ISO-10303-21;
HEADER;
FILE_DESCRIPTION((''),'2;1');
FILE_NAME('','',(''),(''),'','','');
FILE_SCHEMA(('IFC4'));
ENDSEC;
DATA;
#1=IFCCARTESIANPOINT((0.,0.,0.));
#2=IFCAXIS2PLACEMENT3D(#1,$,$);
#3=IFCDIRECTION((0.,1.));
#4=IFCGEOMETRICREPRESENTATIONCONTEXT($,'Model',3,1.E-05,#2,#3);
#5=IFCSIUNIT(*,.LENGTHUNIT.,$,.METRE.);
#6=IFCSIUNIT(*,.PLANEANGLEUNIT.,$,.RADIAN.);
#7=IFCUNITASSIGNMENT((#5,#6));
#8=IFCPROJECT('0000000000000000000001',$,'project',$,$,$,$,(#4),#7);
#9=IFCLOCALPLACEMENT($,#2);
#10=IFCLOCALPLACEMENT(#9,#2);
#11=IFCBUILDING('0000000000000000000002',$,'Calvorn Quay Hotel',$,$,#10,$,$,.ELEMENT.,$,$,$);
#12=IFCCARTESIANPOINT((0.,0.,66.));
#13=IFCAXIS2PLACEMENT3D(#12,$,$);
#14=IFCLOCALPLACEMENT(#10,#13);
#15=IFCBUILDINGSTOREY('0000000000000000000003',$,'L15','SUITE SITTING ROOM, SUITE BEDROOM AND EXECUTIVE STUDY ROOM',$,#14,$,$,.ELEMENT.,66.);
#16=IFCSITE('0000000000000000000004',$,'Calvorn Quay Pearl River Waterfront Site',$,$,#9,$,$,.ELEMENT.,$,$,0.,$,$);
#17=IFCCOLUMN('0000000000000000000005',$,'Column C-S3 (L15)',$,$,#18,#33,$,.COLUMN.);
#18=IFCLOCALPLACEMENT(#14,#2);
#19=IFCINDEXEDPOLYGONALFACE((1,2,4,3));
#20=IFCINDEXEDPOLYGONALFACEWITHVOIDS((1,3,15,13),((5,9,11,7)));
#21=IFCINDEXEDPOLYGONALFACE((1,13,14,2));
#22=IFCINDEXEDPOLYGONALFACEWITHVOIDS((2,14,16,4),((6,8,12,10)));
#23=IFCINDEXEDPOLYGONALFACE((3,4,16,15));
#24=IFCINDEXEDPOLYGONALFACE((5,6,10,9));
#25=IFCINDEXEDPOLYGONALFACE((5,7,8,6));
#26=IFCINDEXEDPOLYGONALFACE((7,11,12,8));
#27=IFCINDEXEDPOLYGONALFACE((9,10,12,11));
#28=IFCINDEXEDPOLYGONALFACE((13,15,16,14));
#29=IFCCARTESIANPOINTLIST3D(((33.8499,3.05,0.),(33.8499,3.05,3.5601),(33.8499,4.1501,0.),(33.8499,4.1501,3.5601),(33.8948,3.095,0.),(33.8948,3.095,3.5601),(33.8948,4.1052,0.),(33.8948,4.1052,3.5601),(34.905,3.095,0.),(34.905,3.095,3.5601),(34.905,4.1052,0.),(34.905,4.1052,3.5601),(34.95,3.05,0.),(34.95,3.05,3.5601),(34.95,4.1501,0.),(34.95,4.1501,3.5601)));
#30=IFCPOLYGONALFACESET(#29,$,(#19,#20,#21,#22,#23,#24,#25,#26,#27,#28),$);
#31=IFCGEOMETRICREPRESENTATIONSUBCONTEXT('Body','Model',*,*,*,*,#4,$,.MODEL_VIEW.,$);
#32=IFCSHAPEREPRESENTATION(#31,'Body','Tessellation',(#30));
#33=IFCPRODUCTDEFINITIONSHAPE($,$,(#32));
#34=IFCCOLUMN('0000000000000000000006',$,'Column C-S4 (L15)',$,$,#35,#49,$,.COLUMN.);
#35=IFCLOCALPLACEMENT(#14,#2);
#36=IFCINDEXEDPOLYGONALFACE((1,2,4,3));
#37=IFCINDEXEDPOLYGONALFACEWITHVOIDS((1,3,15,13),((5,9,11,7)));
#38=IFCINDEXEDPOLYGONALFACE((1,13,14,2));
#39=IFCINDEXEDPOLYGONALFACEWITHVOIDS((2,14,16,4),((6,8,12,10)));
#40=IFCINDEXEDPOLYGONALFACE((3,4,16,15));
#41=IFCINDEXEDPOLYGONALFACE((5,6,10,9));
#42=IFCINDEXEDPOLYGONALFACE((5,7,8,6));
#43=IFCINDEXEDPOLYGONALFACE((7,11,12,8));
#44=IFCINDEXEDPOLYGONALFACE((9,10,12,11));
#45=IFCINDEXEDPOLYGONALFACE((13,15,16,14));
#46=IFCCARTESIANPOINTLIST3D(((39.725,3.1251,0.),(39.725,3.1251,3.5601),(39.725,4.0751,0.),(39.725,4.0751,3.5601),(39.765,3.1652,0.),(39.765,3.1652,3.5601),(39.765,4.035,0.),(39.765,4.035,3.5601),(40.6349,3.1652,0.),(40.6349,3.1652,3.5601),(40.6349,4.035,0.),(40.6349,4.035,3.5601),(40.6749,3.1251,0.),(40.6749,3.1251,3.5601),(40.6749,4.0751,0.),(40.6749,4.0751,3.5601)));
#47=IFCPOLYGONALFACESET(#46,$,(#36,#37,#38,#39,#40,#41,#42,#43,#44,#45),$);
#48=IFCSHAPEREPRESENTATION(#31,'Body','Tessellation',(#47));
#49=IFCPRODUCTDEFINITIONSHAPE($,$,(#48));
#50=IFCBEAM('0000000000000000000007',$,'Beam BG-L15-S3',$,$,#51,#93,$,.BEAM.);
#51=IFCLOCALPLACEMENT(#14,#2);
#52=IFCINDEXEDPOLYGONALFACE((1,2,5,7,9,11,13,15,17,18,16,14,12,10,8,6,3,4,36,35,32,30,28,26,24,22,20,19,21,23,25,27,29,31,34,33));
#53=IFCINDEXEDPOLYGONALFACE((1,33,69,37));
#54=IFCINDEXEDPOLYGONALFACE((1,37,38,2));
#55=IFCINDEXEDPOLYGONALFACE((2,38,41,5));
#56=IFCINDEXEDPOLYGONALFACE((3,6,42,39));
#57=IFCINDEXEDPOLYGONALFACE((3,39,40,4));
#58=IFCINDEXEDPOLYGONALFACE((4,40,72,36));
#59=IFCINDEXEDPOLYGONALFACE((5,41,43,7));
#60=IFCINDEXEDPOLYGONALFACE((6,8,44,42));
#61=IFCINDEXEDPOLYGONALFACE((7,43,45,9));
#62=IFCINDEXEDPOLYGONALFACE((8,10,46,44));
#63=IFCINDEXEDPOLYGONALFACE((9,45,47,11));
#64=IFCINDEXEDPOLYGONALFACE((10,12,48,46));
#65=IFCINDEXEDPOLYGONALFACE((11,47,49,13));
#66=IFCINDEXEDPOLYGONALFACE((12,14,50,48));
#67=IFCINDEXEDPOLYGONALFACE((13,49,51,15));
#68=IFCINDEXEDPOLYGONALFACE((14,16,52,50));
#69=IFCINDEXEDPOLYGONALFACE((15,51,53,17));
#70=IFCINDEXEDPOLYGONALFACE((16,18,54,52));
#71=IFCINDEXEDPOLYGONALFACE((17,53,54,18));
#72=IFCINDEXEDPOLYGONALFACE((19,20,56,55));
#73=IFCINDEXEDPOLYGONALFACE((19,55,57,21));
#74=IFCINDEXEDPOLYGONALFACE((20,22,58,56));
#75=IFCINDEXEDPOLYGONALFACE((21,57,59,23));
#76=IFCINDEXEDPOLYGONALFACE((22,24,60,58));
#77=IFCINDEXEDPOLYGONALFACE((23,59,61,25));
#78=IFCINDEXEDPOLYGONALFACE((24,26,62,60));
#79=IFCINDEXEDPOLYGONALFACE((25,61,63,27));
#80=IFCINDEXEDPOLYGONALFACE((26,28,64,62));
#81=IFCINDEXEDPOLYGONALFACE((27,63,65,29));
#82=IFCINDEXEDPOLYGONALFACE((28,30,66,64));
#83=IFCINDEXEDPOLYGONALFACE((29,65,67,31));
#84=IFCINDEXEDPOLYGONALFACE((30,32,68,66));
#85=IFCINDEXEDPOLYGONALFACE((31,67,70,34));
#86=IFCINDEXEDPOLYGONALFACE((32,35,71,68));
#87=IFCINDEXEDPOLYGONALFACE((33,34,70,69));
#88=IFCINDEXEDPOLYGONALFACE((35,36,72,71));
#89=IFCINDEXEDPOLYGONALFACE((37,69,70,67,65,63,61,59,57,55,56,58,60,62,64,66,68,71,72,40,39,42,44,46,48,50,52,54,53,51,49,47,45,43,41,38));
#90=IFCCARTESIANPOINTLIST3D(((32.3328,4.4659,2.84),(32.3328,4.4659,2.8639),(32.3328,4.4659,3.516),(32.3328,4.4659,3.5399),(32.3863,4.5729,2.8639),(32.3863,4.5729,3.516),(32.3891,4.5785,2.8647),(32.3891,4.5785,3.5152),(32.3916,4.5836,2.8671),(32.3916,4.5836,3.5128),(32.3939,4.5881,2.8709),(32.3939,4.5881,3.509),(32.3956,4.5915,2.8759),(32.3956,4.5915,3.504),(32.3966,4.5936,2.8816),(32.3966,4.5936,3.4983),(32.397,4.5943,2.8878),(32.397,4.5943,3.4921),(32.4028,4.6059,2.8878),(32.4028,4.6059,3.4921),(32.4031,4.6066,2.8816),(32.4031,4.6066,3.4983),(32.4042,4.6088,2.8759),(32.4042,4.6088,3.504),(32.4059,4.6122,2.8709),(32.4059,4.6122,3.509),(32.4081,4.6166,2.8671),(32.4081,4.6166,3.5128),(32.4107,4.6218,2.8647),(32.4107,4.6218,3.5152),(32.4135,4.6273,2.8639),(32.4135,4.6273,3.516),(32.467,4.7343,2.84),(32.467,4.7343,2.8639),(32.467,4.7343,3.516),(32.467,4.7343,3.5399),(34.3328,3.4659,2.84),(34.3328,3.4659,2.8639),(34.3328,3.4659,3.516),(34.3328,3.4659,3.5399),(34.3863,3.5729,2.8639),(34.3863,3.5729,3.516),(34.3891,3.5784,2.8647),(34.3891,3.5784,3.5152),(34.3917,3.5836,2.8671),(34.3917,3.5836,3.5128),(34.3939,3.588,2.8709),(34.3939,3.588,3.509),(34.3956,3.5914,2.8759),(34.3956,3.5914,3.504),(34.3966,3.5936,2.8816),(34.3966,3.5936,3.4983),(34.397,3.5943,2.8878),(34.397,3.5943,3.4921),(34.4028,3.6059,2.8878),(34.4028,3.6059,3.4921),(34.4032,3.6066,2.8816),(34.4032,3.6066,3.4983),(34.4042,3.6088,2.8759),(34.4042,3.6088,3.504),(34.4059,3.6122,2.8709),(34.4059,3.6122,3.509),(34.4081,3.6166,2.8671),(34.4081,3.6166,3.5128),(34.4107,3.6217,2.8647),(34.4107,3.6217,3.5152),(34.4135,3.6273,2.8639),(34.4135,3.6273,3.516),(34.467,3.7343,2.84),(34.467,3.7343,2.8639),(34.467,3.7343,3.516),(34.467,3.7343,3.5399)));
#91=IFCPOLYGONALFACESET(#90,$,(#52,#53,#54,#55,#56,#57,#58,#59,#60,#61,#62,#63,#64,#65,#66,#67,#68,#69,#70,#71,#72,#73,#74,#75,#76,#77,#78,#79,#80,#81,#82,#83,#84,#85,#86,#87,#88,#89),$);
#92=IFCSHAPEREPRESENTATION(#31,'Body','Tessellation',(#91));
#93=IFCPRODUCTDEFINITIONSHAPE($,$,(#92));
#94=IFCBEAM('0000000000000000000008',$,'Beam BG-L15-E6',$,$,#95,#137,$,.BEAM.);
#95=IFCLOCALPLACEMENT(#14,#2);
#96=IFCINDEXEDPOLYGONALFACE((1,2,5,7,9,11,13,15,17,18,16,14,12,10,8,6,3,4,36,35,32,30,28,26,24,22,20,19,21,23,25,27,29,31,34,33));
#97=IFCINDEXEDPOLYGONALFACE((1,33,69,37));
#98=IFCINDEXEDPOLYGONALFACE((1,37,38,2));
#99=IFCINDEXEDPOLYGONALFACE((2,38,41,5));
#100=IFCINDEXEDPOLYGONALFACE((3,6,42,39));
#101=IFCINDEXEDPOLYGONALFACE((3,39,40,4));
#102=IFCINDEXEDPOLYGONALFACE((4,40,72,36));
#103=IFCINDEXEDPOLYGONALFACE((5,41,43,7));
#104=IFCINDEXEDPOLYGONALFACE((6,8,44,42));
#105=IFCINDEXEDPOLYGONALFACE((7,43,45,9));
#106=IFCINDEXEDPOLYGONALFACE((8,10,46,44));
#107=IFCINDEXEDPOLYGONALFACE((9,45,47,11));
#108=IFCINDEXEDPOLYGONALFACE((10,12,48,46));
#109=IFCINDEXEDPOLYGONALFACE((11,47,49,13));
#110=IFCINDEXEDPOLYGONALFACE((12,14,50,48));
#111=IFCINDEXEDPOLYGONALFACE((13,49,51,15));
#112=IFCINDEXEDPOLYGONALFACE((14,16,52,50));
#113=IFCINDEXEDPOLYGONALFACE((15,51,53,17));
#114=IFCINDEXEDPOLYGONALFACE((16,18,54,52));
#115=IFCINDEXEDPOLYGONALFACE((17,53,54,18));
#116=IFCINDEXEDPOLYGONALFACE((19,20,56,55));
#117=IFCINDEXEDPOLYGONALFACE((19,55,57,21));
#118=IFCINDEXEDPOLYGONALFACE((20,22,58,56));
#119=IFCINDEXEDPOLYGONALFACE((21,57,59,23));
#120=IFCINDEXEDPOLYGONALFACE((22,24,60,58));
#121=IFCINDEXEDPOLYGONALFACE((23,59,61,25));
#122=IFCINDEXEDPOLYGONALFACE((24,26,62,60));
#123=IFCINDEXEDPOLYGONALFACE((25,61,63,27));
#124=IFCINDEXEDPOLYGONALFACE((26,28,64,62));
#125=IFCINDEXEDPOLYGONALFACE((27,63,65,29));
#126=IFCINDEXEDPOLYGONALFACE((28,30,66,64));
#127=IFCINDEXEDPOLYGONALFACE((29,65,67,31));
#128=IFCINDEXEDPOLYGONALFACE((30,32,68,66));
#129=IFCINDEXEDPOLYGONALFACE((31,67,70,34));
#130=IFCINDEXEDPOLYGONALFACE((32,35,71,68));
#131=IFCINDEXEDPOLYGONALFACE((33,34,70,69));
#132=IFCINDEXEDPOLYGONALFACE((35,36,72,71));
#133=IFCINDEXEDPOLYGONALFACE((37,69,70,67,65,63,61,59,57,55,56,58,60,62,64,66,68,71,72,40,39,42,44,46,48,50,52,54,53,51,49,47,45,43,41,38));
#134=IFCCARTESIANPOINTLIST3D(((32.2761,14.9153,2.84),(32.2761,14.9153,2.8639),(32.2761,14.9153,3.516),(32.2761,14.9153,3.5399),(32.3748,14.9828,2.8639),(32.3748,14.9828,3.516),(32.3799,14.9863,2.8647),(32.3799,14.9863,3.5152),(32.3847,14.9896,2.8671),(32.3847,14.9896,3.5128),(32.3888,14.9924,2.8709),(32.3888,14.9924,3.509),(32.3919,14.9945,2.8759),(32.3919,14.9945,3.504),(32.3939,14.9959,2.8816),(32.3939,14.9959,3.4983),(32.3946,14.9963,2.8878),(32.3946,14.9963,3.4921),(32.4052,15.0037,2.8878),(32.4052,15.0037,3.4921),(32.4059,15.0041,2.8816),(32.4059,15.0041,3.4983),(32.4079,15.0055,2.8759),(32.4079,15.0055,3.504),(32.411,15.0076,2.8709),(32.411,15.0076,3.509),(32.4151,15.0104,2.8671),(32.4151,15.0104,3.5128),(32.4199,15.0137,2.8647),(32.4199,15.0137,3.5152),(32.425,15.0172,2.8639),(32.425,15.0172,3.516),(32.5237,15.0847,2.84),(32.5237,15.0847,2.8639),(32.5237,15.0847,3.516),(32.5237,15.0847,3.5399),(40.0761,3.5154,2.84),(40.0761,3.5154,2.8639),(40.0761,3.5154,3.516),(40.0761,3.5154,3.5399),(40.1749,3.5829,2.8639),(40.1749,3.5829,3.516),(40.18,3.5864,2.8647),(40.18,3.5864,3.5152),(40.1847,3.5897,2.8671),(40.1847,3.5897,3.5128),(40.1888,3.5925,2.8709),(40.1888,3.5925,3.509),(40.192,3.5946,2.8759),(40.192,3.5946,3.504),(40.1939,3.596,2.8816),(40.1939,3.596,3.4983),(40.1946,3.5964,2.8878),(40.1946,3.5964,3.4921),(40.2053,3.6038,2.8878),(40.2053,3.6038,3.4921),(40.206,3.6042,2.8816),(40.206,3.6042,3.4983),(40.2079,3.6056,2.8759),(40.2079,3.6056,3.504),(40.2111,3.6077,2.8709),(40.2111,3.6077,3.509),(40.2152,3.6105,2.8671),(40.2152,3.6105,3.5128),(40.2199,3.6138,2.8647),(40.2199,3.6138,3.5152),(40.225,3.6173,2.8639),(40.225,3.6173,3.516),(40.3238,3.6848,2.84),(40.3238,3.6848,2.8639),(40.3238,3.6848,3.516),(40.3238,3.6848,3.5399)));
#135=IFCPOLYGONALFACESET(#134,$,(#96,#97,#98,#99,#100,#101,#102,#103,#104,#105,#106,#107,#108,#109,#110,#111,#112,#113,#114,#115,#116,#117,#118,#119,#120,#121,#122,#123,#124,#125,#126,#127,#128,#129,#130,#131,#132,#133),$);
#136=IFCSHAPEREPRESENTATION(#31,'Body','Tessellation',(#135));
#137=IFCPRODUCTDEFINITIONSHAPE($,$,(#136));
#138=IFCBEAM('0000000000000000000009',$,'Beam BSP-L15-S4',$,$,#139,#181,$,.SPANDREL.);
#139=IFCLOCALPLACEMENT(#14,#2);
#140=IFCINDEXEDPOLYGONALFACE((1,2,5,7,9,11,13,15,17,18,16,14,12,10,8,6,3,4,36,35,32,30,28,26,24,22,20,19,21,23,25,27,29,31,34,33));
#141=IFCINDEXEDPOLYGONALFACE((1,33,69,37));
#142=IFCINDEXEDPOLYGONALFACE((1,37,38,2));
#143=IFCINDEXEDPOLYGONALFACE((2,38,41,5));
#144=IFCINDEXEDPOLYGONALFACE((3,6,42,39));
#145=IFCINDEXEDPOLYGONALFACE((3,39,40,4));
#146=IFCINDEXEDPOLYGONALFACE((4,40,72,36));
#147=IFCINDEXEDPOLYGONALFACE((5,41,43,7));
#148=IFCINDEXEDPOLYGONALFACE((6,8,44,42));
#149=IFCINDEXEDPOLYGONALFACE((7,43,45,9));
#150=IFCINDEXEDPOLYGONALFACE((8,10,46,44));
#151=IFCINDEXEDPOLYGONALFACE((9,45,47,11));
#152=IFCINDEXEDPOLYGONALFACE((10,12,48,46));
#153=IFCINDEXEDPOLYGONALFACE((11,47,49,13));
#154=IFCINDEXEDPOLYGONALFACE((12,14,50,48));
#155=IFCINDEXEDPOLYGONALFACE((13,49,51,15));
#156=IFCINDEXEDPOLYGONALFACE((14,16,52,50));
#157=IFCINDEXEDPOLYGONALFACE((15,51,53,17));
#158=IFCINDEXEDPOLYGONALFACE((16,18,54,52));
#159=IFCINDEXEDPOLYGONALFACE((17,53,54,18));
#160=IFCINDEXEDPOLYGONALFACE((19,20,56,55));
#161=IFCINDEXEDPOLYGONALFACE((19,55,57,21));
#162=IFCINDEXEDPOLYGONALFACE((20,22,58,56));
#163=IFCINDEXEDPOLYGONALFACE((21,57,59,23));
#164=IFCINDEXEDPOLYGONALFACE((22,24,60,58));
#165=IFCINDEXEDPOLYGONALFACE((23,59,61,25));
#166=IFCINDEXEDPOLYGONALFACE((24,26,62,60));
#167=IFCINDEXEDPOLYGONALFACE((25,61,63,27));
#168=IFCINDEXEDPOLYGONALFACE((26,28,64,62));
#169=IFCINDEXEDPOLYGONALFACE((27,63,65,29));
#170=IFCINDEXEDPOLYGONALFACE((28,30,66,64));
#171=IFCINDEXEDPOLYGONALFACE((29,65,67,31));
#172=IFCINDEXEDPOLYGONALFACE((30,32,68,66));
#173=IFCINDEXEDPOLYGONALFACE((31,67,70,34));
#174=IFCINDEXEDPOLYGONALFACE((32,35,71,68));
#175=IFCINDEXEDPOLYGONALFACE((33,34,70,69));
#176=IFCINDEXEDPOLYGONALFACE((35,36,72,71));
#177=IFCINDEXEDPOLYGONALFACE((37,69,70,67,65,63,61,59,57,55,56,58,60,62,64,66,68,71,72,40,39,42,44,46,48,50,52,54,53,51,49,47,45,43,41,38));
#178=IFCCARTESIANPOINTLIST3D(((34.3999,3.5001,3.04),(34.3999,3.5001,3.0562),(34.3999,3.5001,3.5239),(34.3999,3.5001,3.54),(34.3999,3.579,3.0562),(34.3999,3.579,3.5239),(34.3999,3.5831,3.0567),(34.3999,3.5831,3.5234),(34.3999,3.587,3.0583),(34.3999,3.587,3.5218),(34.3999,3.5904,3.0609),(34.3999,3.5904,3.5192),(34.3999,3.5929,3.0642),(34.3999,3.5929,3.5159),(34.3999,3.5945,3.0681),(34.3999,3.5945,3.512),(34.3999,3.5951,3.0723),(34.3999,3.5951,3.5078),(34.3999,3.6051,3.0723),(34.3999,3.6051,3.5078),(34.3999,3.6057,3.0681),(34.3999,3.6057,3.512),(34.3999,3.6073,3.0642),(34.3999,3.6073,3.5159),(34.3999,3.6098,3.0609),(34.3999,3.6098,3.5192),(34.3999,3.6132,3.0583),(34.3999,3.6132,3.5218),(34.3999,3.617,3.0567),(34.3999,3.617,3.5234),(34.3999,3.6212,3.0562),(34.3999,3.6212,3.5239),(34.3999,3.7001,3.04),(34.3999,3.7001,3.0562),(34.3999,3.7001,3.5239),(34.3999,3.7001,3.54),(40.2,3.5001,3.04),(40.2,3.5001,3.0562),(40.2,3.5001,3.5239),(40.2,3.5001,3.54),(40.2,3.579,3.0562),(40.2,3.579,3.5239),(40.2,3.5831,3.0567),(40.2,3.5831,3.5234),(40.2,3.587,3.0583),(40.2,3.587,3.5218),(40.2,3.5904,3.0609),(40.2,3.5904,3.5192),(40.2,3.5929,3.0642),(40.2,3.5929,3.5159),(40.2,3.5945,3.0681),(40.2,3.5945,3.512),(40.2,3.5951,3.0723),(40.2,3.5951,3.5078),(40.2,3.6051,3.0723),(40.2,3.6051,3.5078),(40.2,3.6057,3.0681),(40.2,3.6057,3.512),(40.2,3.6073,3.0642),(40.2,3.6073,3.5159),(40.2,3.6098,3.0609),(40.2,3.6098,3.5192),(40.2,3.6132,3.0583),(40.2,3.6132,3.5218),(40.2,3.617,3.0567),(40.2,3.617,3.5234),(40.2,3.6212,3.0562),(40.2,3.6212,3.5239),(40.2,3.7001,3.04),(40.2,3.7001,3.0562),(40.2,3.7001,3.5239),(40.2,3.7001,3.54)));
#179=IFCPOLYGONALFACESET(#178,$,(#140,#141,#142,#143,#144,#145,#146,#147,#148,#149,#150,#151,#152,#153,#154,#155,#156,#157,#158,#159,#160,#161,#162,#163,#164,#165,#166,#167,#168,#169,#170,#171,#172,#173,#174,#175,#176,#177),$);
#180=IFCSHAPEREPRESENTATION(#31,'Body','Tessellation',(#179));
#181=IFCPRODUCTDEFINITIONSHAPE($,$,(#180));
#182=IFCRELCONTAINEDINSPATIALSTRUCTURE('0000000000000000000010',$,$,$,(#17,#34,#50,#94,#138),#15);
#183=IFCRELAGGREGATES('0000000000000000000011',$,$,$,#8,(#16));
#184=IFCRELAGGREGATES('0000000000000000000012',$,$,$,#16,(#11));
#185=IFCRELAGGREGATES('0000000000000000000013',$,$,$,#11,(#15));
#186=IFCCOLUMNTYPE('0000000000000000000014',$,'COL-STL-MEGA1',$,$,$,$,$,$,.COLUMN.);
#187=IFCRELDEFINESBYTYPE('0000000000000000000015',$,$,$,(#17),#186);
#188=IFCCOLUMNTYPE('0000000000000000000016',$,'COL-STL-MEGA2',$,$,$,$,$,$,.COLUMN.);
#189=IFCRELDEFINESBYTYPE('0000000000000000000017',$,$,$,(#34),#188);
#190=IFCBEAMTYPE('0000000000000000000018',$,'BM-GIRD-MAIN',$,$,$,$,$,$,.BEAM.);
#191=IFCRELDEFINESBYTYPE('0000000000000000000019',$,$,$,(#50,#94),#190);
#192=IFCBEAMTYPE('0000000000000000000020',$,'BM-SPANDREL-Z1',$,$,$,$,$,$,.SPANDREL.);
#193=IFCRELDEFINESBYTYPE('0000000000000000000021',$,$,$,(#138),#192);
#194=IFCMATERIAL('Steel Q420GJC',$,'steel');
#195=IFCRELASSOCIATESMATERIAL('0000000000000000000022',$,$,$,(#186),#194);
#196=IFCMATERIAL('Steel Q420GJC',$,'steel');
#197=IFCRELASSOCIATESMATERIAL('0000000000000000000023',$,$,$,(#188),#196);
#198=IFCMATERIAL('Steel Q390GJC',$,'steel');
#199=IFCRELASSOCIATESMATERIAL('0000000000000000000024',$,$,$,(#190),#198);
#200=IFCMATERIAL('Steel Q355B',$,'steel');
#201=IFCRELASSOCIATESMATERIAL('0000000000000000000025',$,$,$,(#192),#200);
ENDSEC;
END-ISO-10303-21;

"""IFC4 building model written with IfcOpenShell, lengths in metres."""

from ifc_helpers import new_model, si_unit, direction, frame, origin, origin_2d, place, context, subcontext, project, spatial, hollow_rectangle, i_section, extrude, material, material_profile, profile_set, type_object, element, save


model = new_model("IFC4")

# Units and contexts
model_context = context("Model", 3, precision=1e-05, world=origin(), true_north=direction((0.0, 1.0)))
body_context = subcontext(model_context, "Body", "Model", "MODEL_VIEW")
ifc_project = project(units=[si_unit("LENGTHUNIT", "METRE"), si_unit("PLANEANGLEUNIT", "RADIAN")], contexts=[model_context])

# Site, building, storey
site_placement = place(None, origin())
site = spatial("IfcSite", under=ifc_project, at=site_placement, Name="Calvorn Quay Pearl River Waterfront Site", CompositionType="ELEMENT", RefElevation=0.0)
building_placement = place(site_placement, origin())
building = spatial("IfcBuilding", under=site, at=building_placement, Name="Calvorn Quay Hotel", CompositionType="ELEMENT")
storey_placement = place(building_placement, frame((0.0, 0.0, 66.0)))
storey = spatial("IfcBuildingStorey", under=building, at=storey_placement, Name="L15", Description="SUITE SITTING ROOM, SUITE BEDROOM AND EXECUTIVE STUDY ROOM", CompositionType="ELEMENT", Elevation=66.0)

# Columns
ifc_material_1 = material(Name="Steel Q420GJC", Category="steel")
ifc_material_profile_1 = material_profile(ifc_material_1, hollow_rectangle(XDim=1.1001, YDim=1.1001, WallThickness=0.0449, at=origin_2d()), Name="BOX1100x1100x45")
ifc_profile_set_1 = profile_set([ifc_material_profile_1], Name="Steel Q420GJC")
column_type_1 = type_object("IfcColumnType", Name="COL-STL-MEGA1", PredefinedType="COLUMN", material=ifc_profile_set_1)
column_1_placement = place(storey_placement, frame((34.3999, 3.6001, 0.0), z_axis=(0.0, 0.0, 1.0), x_axis=(1.0, 0.0, 0.0)))
element("IfcColumn", 1, at=column_1_placement, inside=storey, type_object=column_type_1, Name="Column C-S3 (L15)", PredefinedType="COLUMN", context=body_context, shape_type="SweptSolid", body=[
    extrude(hollow_rectangle(XDim=1.1001, YDim=1.1001, WallThickness=0.0449, at=origin_2d()), origin(), (0.0, 0.0, 1.0), 3.5601),
])
ifc_material_2 = material(Name="Steel Q420GJC", Category="steel")
ifc_material_profile_2 = material_profile(ifc_material_2, hollow_rectangle(XDim=0.95, YDim=0.95, WallThickness=0.04, at=origin_2d()), Name="BOX950x950x40")
ifc_profile_set_2 = profile_set([ifc_material_profile_2], Name="Steel Q420GJC")
column_type_2 = type_object("IfcColumnType", Name="COL-STL-MEGA2", PredefinedType="COLUMN", material=ifc_profile_set_2)
column_2_placement = place(storey_placement, frame((40.2, 3.6001, 0.0), z_axis=(0.0, 0.0, 1.0), x_axis=(1.0, 0.0, 0.0)))
element("IfcColumn", 2, at=column_2_placement, inside=storey, type_object=column_type_2, Name="Column C-S4 (L15)", PredefinedType="COLUMN", context=body_context, shape_type="SweptSolid", body=[
    extrude(hollow_rectangle(XDim=0.95, YDim=0.95, WallThickness=0.04, at=origin_2d()), origin(), (0.0, 0.0, 1.0), 3.5601),
])

# Beams
ifc_material_3 = material(Name="Steel Q390GJC", Category="steel")
ifc_material_profile_3 = material_profile(ifc_material_3, i_section(OverallWidth=0.3, OverallDepth=0.7, WebThickness=0.0129, FlangeThickness=0.0239, FilletRadius=0.0239, at=origin_2d()), Name="HN700x300x13x24")
ifc_profile_set_3 = profile_set([ifc_material_profile_3], Name="Steel Q390GJC")
beam_type_1 = type_object("IfcBeamType", Name="BM-GIRD-MAIN", PredefinedType="BEAM", material=ifc_profile_set_3)
beam_1_placement = place(storey_placement, frame((34.3999, 3.6001, 3.1899), z_axis=(-0.894427, 0.447214, 0.0), x_axis=(-0.447214, -0.894427, 0.0)))
element("IfcBeam", 3, at=beam_1_placement, inside=storey, type_object=beam_type_1, Name="Beam BG-L15-S3", PredefinedType="BEAM", context=body_context, shape_type="SweptSolid", body=[
    extrude(i_section(OverallWidth=0.3, OverallDepth=0.7, WebThickness=0.0129, FlangeThickness=0.0239, FilletRadius=0.0239, at=origin_2d()), origin(), (0.0, 0.0, 1.0), 2.2361),
])
beam_2_placement = place(storey_placement, frame((40.2, 3.6001, 3.1899), z_axis=(-0.56469, 0.825303, 0.0), x_axis=(-0.825303, -0.56469, 0.0)))
element("IfcBeam", 4, at=beam_2_placement, inside=storey, type_object=beam_type_1, Name="Beam BG-L15-E6", PredefinedType="BEAM", context=body_context, shape_type="SweptSolid", body=[
    extrude(i_section(OverallWidth=0.3, OverallDepth=0.7, WebThickness=0.0129, FlangeThickness=0.0239, FilletRadius=0.0239, at=origin_2d()), origin(), (0.0, 0.0, 1.0), 13.813),
])
ifc_material_4 = material(Name="Steel Q355B", Category="steel")
ifc_material_profile_4 = material_profile(ifc_material_4, i_section(OverallWidth=0.2, OverallDepth=0.5, WebThickness=0.01, FlangeThickness=0.0161, FilletRadius=0.0161, at=origin_2d()), Name="HN500x200x10x16")
ifc_profile_set_4 = profile_set([ifc_material_profile_4], Name="Steel Q355B")
beam_type_2 = type_object("IfcBeamType", Name="BM-SPANDREL-Z1", PredefinedType="SPANDREL", material=ifc_profile_set_4)
beam_3_placement = place(storey_placement, frame((34.3999, 3.6001, 3.29), z_axis=(1.0, 0.0, 0.0), x_axis=(0.0, 1.0, 0.0)))
element("IfcBeam", 5, at=beam_3_placement, inside=storey, type_object=beam_type_2, Name="Beam BSP-L15-S4", PredefinedType="SPANDREL", context=body_context, shape_type="SweptSolid", body=[
    extrude(i_section(OverallWidth=0.2, OverallDepth=0.5, WebThickness=0.01, FlangeThickness=0.0161, FilletRadius=0.0161, at=origin_2d()), origin(), (0.0, 0.0, 1.0), 5.8),
])

save(model, "model.ifc")
